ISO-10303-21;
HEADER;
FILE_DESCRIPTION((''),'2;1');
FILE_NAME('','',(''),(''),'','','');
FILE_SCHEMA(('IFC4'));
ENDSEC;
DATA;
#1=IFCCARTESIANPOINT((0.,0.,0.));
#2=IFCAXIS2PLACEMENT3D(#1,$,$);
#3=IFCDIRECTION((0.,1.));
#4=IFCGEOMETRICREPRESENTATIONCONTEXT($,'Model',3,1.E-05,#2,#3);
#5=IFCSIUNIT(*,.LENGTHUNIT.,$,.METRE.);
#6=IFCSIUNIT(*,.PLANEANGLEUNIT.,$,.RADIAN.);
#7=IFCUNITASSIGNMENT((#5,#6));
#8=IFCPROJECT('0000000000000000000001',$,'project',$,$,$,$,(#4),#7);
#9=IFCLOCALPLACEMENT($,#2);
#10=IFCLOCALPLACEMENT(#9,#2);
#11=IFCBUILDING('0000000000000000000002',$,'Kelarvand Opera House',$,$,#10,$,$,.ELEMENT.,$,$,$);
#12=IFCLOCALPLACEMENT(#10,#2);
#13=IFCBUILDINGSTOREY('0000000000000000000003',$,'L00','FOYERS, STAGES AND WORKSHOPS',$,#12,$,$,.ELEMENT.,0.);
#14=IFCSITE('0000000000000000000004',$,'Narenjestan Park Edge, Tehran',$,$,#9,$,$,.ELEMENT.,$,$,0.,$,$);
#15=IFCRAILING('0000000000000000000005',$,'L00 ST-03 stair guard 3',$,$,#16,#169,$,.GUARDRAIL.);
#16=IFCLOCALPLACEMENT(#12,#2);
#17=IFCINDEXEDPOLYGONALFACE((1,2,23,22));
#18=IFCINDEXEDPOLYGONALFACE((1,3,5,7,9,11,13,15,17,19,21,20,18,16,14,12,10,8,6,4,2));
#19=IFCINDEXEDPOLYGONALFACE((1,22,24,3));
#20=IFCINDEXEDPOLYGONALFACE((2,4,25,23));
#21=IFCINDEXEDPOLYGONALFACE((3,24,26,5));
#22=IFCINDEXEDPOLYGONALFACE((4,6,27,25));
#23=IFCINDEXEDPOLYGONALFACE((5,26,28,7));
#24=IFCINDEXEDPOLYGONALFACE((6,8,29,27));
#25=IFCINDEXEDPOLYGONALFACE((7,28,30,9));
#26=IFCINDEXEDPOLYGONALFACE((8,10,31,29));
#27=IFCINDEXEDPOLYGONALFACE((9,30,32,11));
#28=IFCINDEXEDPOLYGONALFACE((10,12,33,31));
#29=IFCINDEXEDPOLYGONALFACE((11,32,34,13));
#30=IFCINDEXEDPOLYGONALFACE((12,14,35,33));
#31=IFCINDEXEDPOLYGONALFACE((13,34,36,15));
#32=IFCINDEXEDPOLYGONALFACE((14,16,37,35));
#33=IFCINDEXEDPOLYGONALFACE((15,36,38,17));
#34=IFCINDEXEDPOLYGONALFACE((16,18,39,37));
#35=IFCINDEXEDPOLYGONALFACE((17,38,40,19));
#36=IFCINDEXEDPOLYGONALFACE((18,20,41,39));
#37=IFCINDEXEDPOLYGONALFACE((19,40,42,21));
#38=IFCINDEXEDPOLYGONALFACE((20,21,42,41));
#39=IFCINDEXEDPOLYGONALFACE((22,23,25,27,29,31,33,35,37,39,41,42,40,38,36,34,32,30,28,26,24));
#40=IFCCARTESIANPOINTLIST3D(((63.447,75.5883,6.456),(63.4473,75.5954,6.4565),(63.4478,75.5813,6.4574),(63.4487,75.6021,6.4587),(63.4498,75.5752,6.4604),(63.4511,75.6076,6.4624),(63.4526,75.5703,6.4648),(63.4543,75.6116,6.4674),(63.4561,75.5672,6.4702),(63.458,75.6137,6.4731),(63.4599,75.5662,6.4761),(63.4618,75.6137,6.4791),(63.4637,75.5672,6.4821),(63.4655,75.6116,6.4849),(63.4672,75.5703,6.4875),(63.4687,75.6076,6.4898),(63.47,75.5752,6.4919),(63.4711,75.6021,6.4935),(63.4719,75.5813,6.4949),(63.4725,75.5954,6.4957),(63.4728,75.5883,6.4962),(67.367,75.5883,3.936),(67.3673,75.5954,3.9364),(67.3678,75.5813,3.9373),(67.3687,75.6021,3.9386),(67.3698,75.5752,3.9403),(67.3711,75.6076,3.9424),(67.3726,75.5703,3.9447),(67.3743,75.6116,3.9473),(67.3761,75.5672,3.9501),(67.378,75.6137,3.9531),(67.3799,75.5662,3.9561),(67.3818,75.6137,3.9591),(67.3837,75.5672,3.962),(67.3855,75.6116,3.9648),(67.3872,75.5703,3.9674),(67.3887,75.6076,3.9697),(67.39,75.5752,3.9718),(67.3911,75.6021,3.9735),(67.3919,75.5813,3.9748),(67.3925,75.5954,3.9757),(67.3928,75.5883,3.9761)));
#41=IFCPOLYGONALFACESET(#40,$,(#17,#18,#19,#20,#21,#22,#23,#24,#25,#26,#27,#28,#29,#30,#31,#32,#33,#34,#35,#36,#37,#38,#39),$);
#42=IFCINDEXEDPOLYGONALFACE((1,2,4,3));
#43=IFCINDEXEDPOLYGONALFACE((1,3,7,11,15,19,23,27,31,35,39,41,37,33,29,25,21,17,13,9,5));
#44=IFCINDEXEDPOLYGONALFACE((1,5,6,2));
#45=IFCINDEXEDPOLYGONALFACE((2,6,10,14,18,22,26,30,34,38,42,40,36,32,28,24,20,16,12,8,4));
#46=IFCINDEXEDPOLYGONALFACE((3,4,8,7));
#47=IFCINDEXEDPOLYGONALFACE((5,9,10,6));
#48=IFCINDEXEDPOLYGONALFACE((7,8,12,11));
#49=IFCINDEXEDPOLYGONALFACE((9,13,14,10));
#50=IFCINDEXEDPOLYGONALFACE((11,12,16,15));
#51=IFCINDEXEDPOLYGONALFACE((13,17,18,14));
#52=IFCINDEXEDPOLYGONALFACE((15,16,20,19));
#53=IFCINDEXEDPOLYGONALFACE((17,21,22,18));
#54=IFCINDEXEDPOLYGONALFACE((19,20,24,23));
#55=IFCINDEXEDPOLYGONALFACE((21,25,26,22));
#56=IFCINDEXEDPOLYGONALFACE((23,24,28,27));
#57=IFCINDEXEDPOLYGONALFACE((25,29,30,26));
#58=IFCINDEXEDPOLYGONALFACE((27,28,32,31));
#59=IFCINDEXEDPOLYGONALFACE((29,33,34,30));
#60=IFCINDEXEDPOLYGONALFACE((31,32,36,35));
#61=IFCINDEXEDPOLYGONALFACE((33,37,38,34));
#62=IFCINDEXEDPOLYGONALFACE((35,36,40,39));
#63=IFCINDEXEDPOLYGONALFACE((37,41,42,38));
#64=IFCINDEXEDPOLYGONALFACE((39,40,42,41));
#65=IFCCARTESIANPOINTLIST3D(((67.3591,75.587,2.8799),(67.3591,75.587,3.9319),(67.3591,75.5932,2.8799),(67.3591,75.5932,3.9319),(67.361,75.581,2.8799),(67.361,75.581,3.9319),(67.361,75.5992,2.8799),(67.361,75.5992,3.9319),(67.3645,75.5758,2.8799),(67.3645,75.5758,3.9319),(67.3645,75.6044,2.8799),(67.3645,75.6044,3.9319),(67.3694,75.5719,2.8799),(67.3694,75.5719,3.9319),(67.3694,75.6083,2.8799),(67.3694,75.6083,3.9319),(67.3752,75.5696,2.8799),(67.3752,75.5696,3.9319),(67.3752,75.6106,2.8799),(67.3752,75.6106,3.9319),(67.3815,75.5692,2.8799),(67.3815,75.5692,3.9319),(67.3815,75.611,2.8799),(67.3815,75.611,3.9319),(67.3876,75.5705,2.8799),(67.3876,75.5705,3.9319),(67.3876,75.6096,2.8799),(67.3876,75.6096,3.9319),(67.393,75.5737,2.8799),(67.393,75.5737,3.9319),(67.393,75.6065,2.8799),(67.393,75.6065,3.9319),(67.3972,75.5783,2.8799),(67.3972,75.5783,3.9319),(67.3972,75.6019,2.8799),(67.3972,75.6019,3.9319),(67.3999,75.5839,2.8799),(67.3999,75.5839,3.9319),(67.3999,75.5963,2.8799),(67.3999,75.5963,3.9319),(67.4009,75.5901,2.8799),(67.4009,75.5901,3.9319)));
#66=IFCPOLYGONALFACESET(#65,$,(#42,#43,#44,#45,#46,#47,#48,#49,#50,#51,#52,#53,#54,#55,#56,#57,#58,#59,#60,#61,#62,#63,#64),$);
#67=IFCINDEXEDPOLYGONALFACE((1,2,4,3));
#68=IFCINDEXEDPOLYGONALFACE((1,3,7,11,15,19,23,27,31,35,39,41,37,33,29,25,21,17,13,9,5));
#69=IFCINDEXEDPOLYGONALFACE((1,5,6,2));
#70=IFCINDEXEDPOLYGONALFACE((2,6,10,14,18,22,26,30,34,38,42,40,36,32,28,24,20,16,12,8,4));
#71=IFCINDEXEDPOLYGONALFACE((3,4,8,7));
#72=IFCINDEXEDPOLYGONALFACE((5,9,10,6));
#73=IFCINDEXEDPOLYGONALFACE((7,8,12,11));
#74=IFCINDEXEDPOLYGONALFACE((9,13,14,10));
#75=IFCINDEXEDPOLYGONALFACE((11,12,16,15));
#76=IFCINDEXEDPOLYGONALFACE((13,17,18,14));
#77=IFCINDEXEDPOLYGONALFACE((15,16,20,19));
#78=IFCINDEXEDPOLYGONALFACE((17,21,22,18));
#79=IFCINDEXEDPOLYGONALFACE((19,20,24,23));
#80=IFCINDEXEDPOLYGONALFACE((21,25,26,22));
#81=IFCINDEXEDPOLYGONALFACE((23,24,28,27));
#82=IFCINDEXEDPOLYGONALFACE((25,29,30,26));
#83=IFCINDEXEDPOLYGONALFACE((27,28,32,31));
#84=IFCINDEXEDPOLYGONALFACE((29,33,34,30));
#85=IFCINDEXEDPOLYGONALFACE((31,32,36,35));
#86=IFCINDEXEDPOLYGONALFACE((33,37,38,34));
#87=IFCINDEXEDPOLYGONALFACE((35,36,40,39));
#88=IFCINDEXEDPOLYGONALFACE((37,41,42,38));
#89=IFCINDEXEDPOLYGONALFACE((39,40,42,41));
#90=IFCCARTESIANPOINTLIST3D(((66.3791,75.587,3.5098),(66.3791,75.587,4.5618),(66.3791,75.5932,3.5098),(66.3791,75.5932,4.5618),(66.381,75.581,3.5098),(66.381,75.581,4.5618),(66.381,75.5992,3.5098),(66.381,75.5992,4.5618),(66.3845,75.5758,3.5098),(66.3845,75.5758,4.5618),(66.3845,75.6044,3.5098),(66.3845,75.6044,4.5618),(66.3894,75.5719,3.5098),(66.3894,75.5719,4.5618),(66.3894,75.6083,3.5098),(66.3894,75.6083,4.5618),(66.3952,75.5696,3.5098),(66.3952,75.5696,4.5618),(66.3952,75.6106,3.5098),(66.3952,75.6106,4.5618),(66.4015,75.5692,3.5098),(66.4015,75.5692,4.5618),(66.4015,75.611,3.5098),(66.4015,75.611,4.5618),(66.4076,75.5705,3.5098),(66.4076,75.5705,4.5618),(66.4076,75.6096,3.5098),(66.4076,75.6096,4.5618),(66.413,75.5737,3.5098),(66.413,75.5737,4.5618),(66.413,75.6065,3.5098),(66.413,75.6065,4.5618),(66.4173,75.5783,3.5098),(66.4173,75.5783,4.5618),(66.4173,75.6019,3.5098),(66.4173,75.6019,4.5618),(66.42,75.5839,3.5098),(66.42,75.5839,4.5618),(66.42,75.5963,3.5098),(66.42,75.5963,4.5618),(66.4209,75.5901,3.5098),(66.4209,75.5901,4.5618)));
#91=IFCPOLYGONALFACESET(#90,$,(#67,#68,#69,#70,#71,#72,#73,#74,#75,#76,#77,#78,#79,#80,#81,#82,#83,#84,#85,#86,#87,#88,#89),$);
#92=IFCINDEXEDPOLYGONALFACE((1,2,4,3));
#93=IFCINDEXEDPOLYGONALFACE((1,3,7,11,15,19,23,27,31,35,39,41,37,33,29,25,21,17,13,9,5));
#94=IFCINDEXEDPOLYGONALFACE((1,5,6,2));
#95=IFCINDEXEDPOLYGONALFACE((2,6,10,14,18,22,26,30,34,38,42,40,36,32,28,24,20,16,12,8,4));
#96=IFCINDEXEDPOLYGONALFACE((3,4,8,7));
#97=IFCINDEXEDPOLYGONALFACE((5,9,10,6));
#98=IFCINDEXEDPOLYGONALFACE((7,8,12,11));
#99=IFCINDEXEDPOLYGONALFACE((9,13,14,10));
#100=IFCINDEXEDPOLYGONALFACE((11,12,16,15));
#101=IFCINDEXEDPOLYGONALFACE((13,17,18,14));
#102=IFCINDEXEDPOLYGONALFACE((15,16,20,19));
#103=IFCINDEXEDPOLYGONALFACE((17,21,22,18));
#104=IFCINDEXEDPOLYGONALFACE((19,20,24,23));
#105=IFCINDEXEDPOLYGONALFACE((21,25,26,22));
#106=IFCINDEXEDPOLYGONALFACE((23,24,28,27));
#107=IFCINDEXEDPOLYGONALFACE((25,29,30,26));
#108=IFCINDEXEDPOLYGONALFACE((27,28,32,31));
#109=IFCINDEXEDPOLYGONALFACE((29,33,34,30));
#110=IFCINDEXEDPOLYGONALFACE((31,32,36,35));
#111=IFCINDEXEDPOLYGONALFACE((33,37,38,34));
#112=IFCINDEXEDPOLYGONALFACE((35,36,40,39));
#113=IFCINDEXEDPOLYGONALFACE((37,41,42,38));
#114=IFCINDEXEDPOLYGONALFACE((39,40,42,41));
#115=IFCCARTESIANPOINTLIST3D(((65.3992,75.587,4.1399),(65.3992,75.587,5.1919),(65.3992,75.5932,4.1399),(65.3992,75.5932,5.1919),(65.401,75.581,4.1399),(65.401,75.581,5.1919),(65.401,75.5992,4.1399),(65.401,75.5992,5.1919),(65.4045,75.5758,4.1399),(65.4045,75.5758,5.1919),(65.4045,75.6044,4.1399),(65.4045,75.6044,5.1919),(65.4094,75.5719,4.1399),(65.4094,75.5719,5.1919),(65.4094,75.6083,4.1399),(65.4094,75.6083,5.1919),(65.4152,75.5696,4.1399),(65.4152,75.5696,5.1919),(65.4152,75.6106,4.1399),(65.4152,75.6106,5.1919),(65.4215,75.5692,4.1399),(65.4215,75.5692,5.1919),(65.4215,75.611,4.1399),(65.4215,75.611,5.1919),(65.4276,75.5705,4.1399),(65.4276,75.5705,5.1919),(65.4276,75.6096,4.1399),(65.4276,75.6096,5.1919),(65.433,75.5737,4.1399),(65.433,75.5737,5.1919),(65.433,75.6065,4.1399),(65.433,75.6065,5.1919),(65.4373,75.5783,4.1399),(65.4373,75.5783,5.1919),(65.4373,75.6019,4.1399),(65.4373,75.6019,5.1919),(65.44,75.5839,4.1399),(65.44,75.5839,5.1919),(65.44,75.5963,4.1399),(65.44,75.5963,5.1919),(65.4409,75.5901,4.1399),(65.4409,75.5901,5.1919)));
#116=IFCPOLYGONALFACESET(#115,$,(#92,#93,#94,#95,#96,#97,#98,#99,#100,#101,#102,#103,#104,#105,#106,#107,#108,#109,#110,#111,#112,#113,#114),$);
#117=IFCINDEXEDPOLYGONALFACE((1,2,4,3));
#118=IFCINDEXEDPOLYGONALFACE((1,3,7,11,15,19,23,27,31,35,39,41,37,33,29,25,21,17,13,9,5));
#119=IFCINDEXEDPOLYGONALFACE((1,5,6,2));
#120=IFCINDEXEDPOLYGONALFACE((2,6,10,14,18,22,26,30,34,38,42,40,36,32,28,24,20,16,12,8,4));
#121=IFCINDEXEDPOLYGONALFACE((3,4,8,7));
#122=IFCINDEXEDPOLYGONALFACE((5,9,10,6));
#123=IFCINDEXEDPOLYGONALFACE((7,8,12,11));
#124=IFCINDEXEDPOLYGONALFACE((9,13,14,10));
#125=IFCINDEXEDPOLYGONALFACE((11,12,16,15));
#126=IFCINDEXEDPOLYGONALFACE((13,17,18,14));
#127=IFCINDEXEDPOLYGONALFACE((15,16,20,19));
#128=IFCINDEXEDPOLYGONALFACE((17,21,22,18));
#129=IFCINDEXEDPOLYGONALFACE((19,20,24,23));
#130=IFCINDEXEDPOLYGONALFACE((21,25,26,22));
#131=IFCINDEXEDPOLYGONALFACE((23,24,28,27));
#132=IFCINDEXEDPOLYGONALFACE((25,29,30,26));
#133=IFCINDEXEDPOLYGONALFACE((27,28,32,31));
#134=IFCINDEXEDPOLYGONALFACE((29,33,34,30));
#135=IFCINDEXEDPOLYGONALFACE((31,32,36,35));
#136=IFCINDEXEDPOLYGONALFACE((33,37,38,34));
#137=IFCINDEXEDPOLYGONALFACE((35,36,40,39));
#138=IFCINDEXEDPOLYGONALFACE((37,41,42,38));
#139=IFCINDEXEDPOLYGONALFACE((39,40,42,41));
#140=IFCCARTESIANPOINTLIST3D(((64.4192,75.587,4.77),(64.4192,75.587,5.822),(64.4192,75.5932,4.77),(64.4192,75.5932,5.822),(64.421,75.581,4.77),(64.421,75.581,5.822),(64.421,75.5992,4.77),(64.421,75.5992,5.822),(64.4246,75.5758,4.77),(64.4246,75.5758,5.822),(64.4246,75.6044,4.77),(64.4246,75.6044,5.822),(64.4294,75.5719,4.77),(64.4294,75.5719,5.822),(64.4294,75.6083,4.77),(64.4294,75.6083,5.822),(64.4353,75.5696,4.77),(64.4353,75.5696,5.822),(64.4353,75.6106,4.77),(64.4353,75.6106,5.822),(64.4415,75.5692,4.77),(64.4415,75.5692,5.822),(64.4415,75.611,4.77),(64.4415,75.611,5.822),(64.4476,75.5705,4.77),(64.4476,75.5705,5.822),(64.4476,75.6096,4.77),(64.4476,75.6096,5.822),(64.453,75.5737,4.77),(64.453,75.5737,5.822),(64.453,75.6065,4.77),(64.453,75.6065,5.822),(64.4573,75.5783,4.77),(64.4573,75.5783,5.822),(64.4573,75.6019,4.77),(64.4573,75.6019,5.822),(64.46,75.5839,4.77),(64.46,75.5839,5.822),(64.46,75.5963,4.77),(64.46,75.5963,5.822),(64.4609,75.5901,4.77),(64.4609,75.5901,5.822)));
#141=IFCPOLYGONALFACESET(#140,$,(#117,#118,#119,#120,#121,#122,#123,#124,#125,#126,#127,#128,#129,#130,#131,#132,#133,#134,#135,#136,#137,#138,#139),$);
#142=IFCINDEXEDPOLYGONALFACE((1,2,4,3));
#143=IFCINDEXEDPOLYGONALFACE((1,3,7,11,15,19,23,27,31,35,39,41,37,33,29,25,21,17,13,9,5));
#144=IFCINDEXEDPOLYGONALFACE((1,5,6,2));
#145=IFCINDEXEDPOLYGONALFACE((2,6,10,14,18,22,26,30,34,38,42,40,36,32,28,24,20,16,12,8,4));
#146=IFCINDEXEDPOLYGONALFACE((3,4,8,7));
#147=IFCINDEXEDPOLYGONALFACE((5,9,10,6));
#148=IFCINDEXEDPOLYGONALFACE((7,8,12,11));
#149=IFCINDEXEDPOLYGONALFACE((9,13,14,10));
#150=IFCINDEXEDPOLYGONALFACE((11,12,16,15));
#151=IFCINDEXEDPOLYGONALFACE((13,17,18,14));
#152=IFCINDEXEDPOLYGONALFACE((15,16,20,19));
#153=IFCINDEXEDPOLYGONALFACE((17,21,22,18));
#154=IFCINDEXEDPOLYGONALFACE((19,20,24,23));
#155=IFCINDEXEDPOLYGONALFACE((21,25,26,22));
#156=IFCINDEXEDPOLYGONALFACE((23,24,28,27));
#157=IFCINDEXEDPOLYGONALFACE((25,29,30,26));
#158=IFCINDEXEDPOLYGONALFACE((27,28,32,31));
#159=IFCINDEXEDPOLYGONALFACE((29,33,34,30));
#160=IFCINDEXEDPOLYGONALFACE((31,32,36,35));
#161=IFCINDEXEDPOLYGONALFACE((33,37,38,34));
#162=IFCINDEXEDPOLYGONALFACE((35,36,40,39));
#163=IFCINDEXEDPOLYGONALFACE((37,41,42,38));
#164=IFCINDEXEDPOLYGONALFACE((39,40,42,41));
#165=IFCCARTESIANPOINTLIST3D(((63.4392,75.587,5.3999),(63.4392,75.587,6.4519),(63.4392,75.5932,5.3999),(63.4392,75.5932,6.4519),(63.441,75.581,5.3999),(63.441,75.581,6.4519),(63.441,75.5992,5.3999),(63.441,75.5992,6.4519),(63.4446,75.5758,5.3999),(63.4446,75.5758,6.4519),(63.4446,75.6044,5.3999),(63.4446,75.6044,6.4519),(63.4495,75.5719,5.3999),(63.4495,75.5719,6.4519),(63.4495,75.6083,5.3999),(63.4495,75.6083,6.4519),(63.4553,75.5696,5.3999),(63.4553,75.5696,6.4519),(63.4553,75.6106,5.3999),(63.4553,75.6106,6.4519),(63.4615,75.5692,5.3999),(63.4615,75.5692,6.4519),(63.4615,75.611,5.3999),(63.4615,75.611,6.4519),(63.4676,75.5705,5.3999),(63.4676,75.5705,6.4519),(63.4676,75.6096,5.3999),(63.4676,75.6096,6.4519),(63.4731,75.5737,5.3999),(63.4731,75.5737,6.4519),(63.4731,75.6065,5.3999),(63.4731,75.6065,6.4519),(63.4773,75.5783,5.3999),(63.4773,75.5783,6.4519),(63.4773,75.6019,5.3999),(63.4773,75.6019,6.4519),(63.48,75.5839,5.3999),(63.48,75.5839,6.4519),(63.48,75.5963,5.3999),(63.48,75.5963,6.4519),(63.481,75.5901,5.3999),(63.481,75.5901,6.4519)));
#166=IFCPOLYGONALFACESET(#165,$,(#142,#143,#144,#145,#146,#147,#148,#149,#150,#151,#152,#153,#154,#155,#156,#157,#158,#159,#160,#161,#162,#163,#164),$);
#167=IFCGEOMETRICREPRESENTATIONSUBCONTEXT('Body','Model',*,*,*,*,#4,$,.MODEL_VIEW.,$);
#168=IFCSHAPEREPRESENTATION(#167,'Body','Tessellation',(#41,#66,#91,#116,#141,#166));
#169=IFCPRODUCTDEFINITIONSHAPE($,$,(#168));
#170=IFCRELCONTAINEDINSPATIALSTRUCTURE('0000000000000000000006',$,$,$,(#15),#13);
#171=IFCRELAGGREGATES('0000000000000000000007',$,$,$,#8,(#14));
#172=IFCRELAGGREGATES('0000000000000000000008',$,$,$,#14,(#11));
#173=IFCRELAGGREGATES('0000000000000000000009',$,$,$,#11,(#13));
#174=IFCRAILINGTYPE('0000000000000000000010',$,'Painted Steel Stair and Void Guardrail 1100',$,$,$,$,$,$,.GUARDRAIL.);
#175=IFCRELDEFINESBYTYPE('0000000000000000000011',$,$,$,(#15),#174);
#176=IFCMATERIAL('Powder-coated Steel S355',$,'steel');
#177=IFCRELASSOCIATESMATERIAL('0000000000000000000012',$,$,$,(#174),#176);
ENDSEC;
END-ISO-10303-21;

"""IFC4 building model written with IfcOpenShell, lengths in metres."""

from ifc_helpers import new_model, si_unit, direction, frame, origin, origin_2d, place, context, subcontext, project, spatial, circle, extrude, material, type_object, element, save


model = new_model("IFC4")

# Units and contexts
model_context = context("Model", 3, precision=1e-05, world=origin(), true_north=direction((0.0, 1.0)))
body_context = subcontext(model_context, "Body", "Model", "MODEL_VIEW")
ifc_project = project(units=[si_unit("LENGTHUNIT", "METRE"), si_unit("PLANEANGLEUNIT", "RADIAN")], contexts=[model_context])

# Site, building, storey
site_placement = place(None, origin())
site = spatial("IfcSite", under=ifc_project, at=site_placement, Name="Narenjestan Park Edge, Tehran", CompositionType="ELEMENT", RefElevation=0.0)
building_placement = place(site_placement, origin())
building = spatial("IfcBuilding", under=site, at=building_placement, Name="Kelarvand Opera House", CompositionType="ELEMENT")
storey_placement = place(building_placement, origin())
storey = spatial("IfcBuildingStorey", under=building, at=storey_placement, Name="L00", Description="FOYERS, STAGES AND WORKSHOPS", CompositionType="ELEMENT", Elevation=0.0)

# Railing
ifc_material_1 = material(Name="Powder-coated Steel S355", Category="steel")
railing_type_1 = type_object("IfcRailingType", Name="Painted Steel Stair and Void Guardrail 1100", PredefinedType="GUARDRAIL", material=ifc_material_1)
railing_1_placement = place(storey_placement, frame((67.3799, 75.5901, 2.8799)))
element("IfcRailing", 1, at=railing_1_placement, inside=storey, type_object=railing_type_1, Name="L00 ST-03 stair guard 3", PredefinedType="GUARDRAIL", context=body_context, shape_type="SweptSolid", body=[
    extrude(circle(Radius=0.0239, at=origin_2d()), frame((0.0, 0.0, 1.0762), z_axis=(-0.841172, 0.0, 0.540768), x_axis=(0.0, -1.0, 0.0)), (0.0, 0.0, 1.0), 4.6602),
    extrude(circle(Radius=0.021, at=origin_2d()), origin(), (0.0, 0.0, 1.0), 1.052),
    extrude(circle(Radius=0.021, at=origin_2d()), frame((-0.98, 0.0, 0.6299)), (0.0, 0.0, 1.0), 1.052),
    extrude(circle(Radius=0.021, at=origin_2d()), frame((-1.96, 0.0, 1.26)), (0.0, 0.0, 1.0), 1.052),
    extrude(circle(Radius=0.021, at=origin_2d()), frame((-2.9399, 0.0, 1.8901)), (0.0, 0.0, 1.0), 1.052),
    extrude(circle(Radius=0.021, at=origin_2d()), frame((-3.9199, 0.0, 2.52)), (0.0, 0.0, 1.0), 1.052),
])

save(model, "model.ifc")
